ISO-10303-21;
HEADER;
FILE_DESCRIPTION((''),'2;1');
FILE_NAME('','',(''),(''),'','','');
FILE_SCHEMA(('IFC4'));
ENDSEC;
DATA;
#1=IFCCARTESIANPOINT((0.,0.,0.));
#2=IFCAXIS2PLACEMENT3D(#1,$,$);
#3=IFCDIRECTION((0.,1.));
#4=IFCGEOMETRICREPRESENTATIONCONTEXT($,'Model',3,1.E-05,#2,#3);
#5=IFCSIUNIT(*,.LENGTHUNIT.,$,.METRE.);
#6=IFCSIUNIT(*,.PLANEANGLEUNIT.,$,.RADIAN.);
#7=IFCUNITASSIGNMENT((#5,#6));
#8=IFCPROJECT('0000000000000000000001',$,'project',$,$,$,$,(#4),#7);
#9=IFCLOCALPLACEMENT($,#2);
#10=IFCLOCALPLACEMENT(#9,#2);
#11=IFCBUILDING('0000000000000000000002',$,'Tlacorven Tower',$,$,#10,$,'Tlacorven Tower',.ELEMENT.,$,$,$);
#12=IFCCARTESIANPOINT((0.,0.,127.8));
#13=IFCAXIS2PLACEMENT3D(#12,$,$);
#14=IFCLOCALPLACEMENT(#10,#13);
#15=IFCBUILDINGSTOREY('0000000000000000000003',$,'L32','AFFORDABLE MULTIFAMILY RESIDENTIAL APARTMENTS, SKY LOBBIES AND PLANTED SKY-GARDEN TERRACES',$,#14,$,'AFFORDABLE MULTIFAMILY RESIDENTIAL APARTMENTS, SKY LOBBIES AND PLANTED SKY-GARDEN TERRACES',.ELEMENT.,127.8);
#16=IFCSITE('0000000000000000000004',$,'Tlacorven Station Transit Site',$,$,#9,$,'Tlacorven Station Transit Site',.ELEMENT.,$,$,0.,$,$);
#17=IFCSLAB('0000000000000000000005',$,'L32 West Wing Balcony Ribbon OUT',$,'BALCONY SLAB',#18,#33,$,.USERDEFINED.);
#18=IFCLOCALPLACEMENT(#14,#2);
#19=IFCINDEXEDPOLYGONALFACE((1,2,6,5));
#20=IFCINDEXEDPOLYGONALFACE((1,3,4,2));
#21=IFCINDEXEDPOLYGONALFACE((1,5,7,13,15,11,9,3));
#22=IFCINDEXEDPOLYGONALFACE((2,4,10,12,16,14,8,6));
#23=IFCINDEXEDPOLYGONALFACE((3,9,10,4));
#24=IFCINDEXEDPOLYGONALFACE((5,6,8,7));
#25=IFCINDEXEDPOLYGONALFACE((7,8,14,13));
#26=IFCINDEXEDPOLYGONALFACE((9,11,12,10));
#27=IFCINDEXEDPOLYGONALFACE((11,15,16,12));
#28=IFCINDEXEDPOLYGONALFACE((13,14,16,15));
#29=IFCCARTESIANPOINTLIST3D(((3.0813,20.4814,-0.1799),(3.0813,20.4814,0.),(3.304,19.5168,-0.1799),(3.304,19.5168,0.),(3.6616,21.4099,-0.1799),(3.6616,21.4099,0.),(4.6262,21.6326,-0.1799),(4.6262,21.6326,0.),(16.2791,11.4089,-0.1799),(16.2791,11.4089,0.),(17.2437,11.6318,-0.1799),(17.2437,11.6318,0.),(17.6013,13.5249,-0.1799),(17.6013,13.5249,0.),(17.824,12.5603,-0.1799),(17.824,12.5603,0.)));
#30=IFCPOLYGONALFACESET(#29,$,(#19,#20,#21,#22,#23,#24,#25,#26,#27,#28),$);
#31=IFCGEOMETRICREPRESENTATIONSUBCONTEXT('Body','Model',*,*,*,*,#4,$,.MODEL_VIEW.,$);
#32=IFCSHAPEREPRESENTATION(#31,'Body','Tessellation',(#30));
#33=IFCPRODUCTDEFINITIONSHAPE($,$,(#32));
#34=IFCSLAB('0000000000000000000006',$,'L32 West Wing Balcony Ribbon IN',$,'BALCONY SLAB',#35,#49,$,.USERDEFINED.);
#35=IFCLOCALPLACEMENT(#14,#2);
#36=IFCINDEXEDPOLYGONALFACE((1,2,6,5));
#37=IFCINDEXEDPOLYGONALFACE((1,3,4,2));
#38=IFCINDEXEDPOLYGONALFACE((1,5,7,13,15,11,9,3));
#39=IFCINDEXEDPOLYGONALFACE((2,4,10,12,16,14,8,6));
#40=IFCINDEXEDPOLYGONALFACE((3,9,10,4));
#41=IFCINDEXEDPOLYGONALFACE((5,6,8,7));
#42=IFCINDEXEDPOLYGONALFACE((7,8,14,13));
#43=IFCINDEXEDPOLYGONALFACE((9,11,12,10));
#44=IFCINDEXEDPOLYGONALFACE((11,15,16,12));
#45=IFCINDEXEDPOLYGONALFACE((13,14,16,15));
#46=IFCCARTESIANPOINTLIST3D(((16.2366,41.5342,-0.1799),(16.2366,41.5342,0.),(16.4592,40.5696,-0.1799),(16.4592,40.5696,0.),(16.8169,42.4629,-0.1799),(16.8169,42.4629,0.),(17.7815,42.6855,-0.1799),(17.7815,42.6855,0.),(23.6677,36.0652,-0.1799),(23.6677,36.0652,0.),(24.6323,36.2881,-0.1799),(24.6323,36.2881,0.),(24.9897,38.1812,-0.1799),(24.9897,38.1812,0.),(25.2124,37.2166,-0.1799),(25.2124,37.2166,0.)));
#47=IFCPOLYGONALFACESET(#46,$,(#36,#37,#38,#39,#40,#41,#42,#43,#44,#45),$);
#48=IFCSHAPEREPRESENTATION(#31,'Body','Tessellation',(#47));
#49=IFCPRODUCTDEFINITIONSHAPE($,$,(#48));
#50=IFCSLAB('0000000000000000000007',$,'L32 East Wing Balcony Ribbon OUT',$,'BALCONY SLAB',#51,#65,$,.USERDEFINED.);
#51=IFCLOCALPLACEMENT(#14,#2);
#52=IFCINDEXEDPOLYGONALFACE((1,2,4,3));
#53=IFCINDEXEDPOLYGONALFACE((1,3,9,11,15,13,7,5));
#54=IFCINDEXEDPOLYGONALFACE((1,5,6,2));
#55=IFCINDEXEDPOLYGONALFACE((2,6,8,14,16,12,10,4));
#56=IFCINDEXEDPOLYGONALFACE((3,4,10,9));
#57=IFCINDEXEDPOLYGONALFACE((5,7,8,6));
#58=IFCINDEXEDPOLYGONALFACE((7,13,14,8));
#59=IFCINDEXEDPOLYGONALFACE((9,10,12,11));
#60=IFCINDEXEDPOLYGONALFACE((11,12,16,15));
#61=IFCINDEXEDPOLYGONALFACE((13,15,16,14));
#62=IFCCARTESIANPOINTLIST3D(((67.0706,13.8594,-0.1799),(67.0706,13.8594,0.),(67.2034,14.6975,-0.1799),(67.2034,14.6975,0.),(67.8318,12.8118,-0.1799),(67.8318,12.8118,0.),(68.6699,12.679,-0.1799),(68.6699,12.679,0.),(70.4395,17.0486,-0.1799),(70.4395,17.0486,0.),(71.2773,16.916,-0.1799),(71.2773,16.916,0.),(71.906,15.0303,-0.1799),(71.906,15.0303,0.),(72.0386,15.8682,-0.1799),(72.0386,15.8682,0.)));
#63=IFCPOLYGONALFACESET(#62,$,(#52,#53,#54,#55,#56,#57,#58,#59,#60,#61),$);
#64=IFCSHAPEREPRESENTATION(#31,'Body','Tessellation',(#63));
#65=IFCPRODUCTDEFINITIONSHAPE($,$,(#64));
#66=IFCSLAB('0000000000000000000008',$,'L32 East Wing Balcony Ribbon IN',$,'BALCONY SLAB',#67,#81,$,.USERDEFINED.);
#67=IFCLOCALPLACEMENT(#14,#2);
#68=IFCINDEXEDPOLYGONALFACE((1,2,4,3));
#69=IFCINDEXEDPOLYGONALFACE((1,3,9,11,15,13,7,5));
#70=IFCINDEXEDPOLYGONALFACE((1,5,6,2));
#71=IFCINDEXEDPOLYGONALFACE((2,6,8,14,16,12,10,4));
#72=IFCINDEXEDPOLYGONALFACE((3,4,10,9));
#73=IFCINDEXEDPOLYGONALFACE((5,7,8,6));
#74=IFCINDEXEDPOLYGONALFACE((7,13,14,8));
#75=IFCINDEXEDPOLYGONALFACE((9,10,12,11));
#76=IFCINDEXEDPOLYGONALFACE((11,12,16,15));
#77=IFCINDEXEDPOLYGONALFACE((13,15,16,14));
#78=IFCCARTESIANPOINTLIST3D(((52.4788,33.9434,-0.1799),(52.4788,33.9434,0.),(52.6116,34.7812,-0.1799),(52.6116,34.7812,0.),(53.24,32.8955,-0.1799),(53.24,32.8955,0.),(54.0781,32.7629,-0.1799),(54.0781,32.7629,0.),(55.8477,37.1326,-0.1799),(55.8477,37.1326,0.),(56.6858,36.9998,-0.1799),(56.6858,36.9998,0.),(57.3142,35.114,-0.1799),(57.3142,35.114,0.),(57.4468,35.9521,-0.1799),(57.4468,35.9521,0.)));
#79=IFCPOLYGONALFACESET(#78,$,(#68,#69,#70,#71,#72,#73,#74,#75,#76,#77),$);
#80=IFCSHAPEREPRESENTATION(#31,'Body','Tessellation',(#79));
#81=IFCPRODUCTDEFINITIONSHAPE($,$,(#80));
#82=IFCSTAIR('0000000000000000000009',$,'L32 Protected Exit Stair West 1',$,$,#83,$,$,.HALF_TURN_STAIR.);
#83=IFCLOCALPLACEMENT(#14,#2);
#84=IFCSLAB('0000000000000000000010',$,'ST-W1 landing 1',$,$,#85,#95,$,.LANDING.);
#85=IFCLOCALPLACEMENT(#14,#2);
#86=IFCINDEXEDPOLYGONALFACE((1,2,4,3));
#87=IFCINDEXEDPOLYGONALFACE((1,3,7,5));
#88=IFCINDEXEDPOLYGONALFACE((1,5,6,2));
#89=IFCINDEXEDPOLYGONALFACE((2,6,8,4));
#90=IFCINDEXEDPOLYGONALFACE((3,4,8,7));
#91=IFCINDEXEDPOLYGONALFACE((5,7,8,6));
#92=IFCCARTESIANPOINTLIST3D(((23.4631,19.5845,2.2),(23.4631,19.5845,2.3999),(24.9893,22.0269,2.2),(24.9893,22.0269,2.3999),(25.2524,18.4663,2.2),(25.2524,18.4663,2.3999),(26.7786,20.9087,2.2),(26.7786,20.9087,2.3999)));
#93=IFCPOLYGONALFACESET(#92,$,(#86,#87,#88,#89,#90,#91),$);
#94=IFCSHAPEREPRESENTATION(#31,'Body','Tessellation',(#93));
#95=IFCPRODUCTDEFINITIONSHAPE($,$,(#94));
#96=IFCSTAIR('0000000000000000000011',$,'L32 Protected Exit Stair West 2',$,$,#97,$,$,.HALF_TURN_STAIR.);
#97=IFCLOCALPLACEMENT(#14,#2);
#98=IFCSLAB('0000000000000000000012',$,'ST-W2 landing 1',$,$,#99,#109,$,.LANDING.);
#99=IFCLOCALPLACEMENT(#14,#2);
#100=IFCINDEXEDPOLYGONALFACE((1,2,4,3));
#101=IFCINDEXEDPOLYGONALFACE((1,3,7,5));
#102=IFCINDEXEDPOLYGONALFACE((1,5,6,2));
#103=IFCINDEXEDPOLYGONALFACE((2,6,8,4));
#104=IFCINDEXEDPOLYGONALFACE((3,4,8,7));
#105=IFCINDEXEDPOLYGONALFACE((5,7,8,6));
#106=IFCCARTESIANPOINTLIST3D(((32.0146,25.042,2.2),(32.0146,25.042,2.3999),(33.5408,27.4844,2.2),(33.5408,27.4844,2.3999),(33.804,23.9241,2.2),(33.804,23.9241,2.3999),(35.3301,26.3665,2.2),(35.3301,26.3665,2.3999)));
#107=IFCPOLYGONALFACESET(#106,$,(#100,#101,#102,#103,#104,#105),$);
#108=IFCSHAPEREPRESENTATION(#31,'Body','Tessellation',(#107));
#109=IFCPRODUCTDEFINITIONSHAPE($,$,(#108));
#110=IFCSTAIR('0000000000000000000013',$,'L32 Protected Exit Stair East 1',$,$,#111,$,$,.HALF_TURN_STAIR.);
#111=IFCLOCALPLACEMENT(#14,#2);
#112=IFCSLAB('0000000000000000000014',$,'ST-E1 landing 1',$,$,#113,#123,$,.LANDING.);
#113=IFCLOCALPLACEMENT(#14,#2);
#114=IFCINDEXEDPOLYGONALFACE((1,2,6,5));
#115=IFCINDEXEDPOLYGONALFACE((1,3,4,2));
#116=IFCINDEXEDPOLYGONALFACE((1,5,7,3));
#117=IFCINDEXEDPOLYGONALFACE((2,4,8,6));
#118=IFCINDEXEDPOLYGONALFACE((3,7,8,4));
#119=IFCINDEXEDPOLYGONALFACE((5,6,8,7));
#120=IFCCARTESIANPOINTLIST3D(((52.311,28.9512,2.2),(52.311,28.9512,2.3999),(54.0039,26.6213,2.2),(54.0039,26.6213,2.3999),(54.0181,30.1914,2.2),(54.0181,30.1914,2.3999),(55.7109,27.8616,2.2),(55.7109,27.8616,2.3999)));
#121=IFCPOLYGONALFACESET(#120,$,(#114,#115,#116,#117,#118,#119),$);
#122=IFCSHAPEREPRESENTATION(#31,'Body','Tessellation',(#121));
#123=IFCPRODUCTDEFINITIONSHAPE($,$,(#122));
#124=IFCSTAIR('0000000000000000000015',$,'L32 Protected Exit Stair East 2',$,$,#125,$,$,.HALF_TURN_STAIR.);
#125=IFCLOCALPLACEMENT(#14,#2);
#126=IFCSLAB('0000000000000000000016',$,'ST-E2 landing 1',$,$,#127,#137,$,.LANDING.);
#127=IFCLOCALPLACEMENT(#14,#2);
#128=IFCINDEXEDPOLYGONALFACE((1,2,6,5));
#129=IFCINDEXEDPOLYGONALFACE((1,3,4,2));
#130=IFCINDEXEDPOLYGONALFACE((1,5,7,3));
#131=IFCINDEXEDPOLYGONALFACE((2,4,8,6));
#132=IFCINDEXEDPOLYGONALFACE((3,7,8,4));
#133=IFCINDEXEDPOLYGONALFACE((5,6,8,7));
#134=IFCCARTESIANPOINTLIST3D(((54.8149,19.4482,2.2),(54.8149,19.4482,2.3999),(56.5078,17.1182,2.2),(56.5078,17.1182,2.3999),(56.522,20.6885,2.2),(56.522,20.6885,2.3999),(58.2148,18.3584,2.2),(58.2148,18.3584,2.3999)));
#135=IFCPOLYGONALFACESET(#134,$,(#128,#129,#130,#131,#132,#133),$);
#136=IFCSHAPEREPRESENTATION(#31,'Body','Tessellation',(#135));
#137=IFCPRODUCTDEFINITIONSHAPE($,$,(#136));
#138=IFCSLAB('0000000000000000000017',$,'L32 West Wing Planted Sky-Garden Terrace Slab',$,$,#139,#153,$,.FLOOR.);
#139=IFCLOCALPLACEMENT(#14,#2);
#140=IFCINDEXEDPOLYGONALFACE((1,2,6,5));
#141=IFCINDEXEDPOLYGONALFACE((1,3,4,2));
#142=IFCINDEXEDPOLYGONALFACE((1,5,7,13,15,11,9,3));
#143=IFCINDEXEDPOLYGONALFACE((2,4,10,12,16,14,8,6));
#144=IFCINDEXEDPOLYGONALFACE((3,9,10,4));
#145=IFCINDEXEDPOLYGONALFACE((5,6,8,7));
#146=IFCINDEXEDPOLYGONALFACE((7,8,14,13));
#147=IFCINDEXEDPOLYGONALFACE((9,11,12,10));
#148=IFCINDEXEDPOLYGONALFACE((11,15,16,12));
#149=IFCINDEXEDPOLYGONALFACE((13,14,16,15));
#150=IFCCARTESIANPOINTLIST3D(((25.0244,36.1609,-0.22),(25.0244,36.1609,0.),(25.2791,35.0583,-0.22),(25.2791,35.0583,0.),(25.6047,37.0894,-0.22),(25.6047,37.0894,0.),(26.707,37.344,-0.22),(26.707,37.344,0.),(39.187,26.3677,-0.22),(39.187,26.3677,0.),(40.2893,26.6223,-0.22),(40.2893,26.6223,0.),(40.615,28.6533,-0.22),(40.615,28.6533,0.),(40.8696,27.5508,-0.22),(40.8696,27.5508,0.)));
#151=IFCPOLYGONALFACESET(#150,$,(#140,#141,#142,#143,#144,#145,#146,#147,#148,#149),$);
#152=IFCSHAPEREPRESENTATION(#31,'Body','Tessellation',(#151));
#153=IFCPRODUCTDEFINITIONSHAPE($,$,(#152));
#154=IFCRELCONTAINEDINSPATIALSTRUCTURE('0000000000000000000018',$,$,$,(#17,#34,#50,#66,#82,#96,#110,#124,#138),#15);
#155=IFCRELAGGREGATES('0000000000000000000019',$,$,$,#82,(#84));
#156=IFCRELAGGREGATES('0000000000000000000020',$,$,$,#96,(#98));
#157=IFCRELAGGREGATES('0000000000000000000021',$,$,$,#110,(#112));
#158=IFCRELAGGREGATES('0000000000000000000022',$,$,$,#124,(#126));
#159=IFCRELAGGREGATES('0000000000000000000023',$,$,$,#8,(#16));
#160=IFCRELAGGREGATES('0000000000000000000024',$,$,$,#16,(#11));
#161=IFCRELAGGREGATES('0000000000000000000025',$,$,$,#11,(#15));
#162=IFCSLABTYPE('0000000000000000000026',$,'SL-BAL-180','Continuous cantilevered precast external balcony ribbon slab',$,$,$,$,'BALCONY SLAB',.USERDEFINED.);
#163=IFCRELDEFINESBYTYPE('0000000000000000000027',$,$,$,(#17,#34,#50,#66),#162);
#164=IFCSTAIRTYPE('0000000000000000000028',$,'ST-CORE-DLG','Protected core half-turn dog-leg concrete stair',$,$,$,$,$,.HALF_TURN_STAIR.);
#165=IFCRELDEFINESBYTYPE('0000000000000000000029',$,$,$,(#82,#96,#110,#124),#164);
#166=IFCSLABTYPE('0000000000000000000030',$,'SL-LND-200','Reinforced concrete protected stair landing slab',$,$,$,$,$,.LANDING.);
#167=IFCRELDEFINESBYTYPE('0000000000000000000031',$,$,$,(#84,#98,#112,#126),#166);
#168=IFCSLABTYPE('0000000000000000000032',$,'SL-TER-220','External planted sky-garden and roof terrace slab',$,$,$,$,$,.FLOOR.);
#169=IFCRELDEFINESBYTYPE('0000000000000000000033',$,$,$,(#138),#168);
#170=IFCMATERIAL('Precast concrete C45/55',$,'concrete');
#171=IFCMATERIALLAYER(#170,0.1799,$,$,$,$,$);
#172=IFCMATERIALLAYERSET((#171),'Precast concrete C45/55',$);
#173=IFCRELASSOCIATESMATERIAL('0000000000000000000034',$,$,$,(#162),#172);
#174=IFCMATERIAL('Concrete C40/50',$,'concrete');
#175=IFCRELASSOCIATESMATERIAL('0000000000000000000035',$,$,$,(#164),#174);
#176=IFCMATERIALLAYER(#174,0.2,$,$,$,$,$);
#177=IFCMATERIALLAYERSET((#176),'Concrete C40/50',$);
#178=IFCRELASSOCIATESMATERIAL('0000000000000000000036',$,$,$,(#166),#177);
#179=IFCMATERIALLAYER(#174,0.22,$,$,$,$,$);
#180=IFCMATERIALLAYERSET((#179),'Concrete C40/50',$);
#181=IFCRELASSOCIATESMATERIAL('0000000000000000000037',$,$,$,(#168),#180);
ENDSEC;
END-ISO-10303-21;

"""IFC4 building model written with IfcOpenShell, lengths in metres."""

from ifc_helpers import new_model, si_unit, direction, frame, origin, place, context, subcontext, project, spatial, polyline, outline, extrude, material, layer, layer_set, type_object, element, aggregate, save


model = new_model("IFC4")

# Units and contexts
model_context = context("Model", 3, precision=1e-05, world=origin(), true_north=direction((0.0, 1.0)))
body_context = subcontext(model_context, "Body", "Model", "MODEL_VIEW")
ifc_project = project(units=[si_unit("LENGTHUNIT", "METRE"), si_unit("PLANEANGLEUNIT", "RADIAN")], contexts=[model_context])

# Site, building, storey
site_placement = place(None, origin())
site = spatial("IfcSite", under=ifc_project, at=site_placement, Name="Tlacorven Station Transit Site", LongName="Tlacorven Station Transit Site", CompositionType="ELEMENT", RefElevation=0.0)
building_placement = place(site_placement, origin())
building = spatial("IfcBuilding", under=site, at=building_placement, Name="Tlacorven Tower", LongName="Tlacorven Tower", CompositionType="ELEMENT")
storey_placement = place(building_placement, frame((0.0, 0.0, 127.8)))
storey = spatial("IfcBuildingStorey", under=building, at=storey_placement, Name="L32", Description="AFFORDABLE MULTIFAMILY RESIDENTIAL APARTMENTS, SKY LOBBIES AND PLANTED SKY-GARDEN TERRACES", LongName="AFFORDABLE MULTIFAMILY RESIDENTIAL APARTMENTS, SKY LOBBIES AND PLANTED SKY-GARDEN TERRACES", CompositionType="ELEMENT", Elevation=127.8)

# Slabs
ifc_material_1 = material(Name="Precast concrete C45/55", Category="concrete")
ifc_layer_1 = layer(ifc_material_1, 0.1799)
ifc_layer_set_1 = layer_set([ifc_layer_1], Name="Precast concrete C45/55")
slab_type_1 = type_object("IfcSlabType", Name="SL-BAL-180", Description="Continuous cantilevered precast external balcony ribbon slab", ElementType="BALCONY SLAB", PredefinedType="USERDEFINED", material=ifc_layer_set_1)
slab_1_placement = place(storey_placement, frame((0.0, 0.0, -0.1799)))
element("IfcSlab", 1, at=slab_1_placement, inside=storey, type_object=slab_type_1, Name="L32 West Wing Balcony Ribbon OUT", ObjectType="BALCONY SLAB", PredefinedType="USERDEFINED", context=body_context, shape_type="SweptSolid", body=[
    extrude(outline(polyline([(17.6013, 13.5249), (4.6262, 21.6326), (3.6616, 21.4099), (3.0813, 20.4814), (3.304, 19.5168), (16.2791, 11.4089), (17.2437, 11.6318), (17.824, 12.5603), (17.6013, 13.5249)])), origin(), (0.0, 0.0, 1.0), 0.1799),
])
slab_2_placement = place(storey_placement, frame((0.0, 0.0, -0.1799)))
element("IfcSlab", 2, at=slab_2_placement, inside=storey, type_object=slab_type_1, Name="L32 West Wing Balcony Ribbon IN", ObjectType="BALCONY SLAB", PredefinedType="USERDEFINED", context=body_context, shape_type="SweptSolid", body=[
    extrude(outline(polyline([(24.9897, 38.1812), (17.7815, 42.6855), (16.8169, 42.4629), (16.2366, 41.5342), (16.4592, 40.5696), (23.6677, 36.0652), (24.6323, 36.2881), (25.2124, 37.2166), (24.9897, 38.1812)])), origin(), (0.0, 0.0, 1.0), 0.1799),
])
slab_3_placement = place(storey_placement, frame((0.0, 0.0, -0.1799)))
element("IfcSlab", 3, at=slab_3_placement, inside=storey, type_object=slab_type_1, Name="L32 East Wing Balcony Ribbon OUT", ObjectType="BALCONY SLAB", PredefinedType="USERDEFINED", context=body_context, shape_type="SweptSolid", body=[
    extrude(outline(polyline([(68.6699, 12.679), (71.906, 15.0303), (72.0386, 15.8682), (71.2773, 16.916), (70.4395, 17.0486), (67.2034, 14.6975), (67.0706, 13.8594), (67.8318, 12.8118), (68.6699, 12.679)])), origin(), (0.0, 0.0, 1.0), 0.1799),
])
slab_4_placement = place(storey_placement, frame((0.0, 0.0, -0.1799)))
element("IfcSlab", 4, at=slab_4_placement, inside=storey, type_object=slab_type_1, Name="L32 East Wing Balcony Ribbon IN", ObjectType="BALCONY SLAB", PredefinedType="USERDEFINED", context=body_context, shape_type="SweptSolid", body=[
    extrude(outline(polyline([(54.0781, 32.7629), (57.3142, 35.114), (57.4468, 35.9521), (56.6858, 36.9998), (55.8477, 37.1326), (52.6116, 34.7812), (52.4788, 33.9434), (53.24, 32.8955), (54.0781, 32.7629)])), origin(), (0.0, 0.0, 1.0), 0.1799),
])

# Stairs, slabs
ifc_material_2 = material(Name="Concrete C40/50", Category="concrete")
stair_type = type_object("IfcStairType", Name="ST-CORE-DLG", Description="Protected core half-turn dog-leg concrete stair", PredefinedType="HALF_TURN_STAIR", material=ifc_material_2)
stair_1_placement = place(storey_placement, origin())
stair_1 = element("IfcStair", 5, at=stair_1_placement, inside=storey, type_object=stair_type, Name="L32 Protected Exit Stair West 1", PredefinedType="HALF_TURN_STAIR")
ifc_layer_2 = layer(ifc_material_2, 0.2)
ifc_layer_set_2 = layer_set([ifc_layer_2], Name="Concrete C40/50")
slab_type_2 = type_object("IfcSlabType", Name="SL-LND-200", Description="Reinforced concrete protected stair landing slab", PredefinedType="LANDING", material=ifc_layer_set_2)
slab_5_placement = place(storey_placement, frame((0.0, 0.0, 2.2)))
slab_5 = element("IfcSlab", 6, at=slab_5_placement, type_object=slab_type_2, Name="ST-W1 landing 1", PredefinedType="LANDING", context=body_context, shape_type="SweptSolid", body=[
    extrude(outline(polyline([(26.7786, 20.9087), (24.9893, 22.0269), (23.4631, 19.5845), (25.2524, 18.4663), (26.7786, 20.9087)])), origin(), (0.0, 0.0, 1.0), 0.2),
])
aggregate(stair_1, [slab_5])
stair_2_placement = place(storey_placement, origin())
stair_2 = element("IfcStair", 7, at=stair_2_placement, inside=storey, type_object=stair_type, Name="L32 Protected Exit Stair West 2", PredefinedType="HALF_TURN_STAIR")
slab_6_placement = place(storey_placement, frame((0.0, 0.0, 2.2)))
slab_6 = element("IfcSlab", 8, at=slab_6_placement, type_object=slab_type_2, Name="ST-W2 landing 1", PredefinedType="LANDING", context=body_context, shape_type="SweptSolid", body=[
    extrude(outline(polyline([(35.3301, 26.3665), (33.5408, 27.4844), (32.0146, 25.042), (33.804, 23.9241), (35.3301, 26.3665)])), origin(), (0.0, 0.0, 1.0), 0.2),
])
aggregate(stair_2, [slab_6])
stair_3_placement = place(storey_placement, origin())
stair_3 = element("IfcStair", 9, at=stair_3_placement, inside=storey, type_object=stair_type, Name="L32 Protected Exit Stair East 1", PredefinedType="HALF_TURN_STAIR")
slab_7_placement = place(storey_placement, frame((0.0, 0.0, 2.2)))
slab_7 = element("IfcSlab", 10, at=slab_7_placement, type_object=slab_type_2, Name="ST-E1 landing 1", PredefinedType="LANDING", context=body_context, shape_type="SweptSolid", body=[
    extrude(outline(polyline([(54.0039, 26.6213), (55.7109, 27.8616), (54.0181, 30.1914), (52.311, 28.9512), (54.0039, 26.6213)])), origin(), (0.0, 0.0, 1.0), 0.2),
])
aggregate(stair_3, [slab_7])
stair_4_placement = place(storey_placement, origin())
stair_4 = element("IfcStair", 11, at=stair_4_placement, inside=storey, type_object=stair_type, Name="L32 Protected Exit Stair East 2", PredefinedType="HALF_TURN_STAIR")
slab_8_placement = place(storey_placement, frame((0.0, 0.0, 2.2)))
slab_8 = element("IfcSlab", 12, at=slab_8_placement, type_object=slab_type_2, Name="ST-E2 landing 1", PredefinedType="LANDING", context=body_context, shape_type="SweptSolid", body=[
    extrude(outline(polyline([(56.5078, 17.1182), (58.2148, 18.3584), (56.522, 20.6885), (54.8149, 19.4482), (56.5078, 17.1182)])), origin(), (0.0, 0.0, 1.0), 0.2),
])
aggregate(stair_4, [slab_8])

# Slab
ifc_layer_3 = layer(ifc_material_2, 0.22)
ifc_layer_set_3 = layer_set([ifc_layer_3], Name="Concrete C40/50")
slab_type_3 = type_object("IfcSlabType", Name="SL-TER-220", Description="External planted sky-garden and roof terrace slab", PredefinedType="FLOOR", material=ifc_layer_set_3)
slab_9_placement = place(storey_placement, frame((0.0, 0.0, -0.22)))
element("IfcSlab", 13, at=slab_9_placement, inside=storey, type_object=slab_type_3, Name="L32 West Wing Planted Sky-Garden Terrace Slab", PredefinedType="FLOOR", context=body_context, shape_type="SweptSolid", body=[
    extrude(outline(polyline([(40.615, 28.6533), (26.707, 37.344), (25.6047, 37.0894), (25.0244, 36.1609), (25.2791, 35.0583), (39.187, 26.3677), (40.2893, 26.6223), (40.8696, 27.5508), (40.615, 28.6533)])), origin(), (0.0, 0.0, 1.0), 0.22),
])

save(model, "model.ifc")
